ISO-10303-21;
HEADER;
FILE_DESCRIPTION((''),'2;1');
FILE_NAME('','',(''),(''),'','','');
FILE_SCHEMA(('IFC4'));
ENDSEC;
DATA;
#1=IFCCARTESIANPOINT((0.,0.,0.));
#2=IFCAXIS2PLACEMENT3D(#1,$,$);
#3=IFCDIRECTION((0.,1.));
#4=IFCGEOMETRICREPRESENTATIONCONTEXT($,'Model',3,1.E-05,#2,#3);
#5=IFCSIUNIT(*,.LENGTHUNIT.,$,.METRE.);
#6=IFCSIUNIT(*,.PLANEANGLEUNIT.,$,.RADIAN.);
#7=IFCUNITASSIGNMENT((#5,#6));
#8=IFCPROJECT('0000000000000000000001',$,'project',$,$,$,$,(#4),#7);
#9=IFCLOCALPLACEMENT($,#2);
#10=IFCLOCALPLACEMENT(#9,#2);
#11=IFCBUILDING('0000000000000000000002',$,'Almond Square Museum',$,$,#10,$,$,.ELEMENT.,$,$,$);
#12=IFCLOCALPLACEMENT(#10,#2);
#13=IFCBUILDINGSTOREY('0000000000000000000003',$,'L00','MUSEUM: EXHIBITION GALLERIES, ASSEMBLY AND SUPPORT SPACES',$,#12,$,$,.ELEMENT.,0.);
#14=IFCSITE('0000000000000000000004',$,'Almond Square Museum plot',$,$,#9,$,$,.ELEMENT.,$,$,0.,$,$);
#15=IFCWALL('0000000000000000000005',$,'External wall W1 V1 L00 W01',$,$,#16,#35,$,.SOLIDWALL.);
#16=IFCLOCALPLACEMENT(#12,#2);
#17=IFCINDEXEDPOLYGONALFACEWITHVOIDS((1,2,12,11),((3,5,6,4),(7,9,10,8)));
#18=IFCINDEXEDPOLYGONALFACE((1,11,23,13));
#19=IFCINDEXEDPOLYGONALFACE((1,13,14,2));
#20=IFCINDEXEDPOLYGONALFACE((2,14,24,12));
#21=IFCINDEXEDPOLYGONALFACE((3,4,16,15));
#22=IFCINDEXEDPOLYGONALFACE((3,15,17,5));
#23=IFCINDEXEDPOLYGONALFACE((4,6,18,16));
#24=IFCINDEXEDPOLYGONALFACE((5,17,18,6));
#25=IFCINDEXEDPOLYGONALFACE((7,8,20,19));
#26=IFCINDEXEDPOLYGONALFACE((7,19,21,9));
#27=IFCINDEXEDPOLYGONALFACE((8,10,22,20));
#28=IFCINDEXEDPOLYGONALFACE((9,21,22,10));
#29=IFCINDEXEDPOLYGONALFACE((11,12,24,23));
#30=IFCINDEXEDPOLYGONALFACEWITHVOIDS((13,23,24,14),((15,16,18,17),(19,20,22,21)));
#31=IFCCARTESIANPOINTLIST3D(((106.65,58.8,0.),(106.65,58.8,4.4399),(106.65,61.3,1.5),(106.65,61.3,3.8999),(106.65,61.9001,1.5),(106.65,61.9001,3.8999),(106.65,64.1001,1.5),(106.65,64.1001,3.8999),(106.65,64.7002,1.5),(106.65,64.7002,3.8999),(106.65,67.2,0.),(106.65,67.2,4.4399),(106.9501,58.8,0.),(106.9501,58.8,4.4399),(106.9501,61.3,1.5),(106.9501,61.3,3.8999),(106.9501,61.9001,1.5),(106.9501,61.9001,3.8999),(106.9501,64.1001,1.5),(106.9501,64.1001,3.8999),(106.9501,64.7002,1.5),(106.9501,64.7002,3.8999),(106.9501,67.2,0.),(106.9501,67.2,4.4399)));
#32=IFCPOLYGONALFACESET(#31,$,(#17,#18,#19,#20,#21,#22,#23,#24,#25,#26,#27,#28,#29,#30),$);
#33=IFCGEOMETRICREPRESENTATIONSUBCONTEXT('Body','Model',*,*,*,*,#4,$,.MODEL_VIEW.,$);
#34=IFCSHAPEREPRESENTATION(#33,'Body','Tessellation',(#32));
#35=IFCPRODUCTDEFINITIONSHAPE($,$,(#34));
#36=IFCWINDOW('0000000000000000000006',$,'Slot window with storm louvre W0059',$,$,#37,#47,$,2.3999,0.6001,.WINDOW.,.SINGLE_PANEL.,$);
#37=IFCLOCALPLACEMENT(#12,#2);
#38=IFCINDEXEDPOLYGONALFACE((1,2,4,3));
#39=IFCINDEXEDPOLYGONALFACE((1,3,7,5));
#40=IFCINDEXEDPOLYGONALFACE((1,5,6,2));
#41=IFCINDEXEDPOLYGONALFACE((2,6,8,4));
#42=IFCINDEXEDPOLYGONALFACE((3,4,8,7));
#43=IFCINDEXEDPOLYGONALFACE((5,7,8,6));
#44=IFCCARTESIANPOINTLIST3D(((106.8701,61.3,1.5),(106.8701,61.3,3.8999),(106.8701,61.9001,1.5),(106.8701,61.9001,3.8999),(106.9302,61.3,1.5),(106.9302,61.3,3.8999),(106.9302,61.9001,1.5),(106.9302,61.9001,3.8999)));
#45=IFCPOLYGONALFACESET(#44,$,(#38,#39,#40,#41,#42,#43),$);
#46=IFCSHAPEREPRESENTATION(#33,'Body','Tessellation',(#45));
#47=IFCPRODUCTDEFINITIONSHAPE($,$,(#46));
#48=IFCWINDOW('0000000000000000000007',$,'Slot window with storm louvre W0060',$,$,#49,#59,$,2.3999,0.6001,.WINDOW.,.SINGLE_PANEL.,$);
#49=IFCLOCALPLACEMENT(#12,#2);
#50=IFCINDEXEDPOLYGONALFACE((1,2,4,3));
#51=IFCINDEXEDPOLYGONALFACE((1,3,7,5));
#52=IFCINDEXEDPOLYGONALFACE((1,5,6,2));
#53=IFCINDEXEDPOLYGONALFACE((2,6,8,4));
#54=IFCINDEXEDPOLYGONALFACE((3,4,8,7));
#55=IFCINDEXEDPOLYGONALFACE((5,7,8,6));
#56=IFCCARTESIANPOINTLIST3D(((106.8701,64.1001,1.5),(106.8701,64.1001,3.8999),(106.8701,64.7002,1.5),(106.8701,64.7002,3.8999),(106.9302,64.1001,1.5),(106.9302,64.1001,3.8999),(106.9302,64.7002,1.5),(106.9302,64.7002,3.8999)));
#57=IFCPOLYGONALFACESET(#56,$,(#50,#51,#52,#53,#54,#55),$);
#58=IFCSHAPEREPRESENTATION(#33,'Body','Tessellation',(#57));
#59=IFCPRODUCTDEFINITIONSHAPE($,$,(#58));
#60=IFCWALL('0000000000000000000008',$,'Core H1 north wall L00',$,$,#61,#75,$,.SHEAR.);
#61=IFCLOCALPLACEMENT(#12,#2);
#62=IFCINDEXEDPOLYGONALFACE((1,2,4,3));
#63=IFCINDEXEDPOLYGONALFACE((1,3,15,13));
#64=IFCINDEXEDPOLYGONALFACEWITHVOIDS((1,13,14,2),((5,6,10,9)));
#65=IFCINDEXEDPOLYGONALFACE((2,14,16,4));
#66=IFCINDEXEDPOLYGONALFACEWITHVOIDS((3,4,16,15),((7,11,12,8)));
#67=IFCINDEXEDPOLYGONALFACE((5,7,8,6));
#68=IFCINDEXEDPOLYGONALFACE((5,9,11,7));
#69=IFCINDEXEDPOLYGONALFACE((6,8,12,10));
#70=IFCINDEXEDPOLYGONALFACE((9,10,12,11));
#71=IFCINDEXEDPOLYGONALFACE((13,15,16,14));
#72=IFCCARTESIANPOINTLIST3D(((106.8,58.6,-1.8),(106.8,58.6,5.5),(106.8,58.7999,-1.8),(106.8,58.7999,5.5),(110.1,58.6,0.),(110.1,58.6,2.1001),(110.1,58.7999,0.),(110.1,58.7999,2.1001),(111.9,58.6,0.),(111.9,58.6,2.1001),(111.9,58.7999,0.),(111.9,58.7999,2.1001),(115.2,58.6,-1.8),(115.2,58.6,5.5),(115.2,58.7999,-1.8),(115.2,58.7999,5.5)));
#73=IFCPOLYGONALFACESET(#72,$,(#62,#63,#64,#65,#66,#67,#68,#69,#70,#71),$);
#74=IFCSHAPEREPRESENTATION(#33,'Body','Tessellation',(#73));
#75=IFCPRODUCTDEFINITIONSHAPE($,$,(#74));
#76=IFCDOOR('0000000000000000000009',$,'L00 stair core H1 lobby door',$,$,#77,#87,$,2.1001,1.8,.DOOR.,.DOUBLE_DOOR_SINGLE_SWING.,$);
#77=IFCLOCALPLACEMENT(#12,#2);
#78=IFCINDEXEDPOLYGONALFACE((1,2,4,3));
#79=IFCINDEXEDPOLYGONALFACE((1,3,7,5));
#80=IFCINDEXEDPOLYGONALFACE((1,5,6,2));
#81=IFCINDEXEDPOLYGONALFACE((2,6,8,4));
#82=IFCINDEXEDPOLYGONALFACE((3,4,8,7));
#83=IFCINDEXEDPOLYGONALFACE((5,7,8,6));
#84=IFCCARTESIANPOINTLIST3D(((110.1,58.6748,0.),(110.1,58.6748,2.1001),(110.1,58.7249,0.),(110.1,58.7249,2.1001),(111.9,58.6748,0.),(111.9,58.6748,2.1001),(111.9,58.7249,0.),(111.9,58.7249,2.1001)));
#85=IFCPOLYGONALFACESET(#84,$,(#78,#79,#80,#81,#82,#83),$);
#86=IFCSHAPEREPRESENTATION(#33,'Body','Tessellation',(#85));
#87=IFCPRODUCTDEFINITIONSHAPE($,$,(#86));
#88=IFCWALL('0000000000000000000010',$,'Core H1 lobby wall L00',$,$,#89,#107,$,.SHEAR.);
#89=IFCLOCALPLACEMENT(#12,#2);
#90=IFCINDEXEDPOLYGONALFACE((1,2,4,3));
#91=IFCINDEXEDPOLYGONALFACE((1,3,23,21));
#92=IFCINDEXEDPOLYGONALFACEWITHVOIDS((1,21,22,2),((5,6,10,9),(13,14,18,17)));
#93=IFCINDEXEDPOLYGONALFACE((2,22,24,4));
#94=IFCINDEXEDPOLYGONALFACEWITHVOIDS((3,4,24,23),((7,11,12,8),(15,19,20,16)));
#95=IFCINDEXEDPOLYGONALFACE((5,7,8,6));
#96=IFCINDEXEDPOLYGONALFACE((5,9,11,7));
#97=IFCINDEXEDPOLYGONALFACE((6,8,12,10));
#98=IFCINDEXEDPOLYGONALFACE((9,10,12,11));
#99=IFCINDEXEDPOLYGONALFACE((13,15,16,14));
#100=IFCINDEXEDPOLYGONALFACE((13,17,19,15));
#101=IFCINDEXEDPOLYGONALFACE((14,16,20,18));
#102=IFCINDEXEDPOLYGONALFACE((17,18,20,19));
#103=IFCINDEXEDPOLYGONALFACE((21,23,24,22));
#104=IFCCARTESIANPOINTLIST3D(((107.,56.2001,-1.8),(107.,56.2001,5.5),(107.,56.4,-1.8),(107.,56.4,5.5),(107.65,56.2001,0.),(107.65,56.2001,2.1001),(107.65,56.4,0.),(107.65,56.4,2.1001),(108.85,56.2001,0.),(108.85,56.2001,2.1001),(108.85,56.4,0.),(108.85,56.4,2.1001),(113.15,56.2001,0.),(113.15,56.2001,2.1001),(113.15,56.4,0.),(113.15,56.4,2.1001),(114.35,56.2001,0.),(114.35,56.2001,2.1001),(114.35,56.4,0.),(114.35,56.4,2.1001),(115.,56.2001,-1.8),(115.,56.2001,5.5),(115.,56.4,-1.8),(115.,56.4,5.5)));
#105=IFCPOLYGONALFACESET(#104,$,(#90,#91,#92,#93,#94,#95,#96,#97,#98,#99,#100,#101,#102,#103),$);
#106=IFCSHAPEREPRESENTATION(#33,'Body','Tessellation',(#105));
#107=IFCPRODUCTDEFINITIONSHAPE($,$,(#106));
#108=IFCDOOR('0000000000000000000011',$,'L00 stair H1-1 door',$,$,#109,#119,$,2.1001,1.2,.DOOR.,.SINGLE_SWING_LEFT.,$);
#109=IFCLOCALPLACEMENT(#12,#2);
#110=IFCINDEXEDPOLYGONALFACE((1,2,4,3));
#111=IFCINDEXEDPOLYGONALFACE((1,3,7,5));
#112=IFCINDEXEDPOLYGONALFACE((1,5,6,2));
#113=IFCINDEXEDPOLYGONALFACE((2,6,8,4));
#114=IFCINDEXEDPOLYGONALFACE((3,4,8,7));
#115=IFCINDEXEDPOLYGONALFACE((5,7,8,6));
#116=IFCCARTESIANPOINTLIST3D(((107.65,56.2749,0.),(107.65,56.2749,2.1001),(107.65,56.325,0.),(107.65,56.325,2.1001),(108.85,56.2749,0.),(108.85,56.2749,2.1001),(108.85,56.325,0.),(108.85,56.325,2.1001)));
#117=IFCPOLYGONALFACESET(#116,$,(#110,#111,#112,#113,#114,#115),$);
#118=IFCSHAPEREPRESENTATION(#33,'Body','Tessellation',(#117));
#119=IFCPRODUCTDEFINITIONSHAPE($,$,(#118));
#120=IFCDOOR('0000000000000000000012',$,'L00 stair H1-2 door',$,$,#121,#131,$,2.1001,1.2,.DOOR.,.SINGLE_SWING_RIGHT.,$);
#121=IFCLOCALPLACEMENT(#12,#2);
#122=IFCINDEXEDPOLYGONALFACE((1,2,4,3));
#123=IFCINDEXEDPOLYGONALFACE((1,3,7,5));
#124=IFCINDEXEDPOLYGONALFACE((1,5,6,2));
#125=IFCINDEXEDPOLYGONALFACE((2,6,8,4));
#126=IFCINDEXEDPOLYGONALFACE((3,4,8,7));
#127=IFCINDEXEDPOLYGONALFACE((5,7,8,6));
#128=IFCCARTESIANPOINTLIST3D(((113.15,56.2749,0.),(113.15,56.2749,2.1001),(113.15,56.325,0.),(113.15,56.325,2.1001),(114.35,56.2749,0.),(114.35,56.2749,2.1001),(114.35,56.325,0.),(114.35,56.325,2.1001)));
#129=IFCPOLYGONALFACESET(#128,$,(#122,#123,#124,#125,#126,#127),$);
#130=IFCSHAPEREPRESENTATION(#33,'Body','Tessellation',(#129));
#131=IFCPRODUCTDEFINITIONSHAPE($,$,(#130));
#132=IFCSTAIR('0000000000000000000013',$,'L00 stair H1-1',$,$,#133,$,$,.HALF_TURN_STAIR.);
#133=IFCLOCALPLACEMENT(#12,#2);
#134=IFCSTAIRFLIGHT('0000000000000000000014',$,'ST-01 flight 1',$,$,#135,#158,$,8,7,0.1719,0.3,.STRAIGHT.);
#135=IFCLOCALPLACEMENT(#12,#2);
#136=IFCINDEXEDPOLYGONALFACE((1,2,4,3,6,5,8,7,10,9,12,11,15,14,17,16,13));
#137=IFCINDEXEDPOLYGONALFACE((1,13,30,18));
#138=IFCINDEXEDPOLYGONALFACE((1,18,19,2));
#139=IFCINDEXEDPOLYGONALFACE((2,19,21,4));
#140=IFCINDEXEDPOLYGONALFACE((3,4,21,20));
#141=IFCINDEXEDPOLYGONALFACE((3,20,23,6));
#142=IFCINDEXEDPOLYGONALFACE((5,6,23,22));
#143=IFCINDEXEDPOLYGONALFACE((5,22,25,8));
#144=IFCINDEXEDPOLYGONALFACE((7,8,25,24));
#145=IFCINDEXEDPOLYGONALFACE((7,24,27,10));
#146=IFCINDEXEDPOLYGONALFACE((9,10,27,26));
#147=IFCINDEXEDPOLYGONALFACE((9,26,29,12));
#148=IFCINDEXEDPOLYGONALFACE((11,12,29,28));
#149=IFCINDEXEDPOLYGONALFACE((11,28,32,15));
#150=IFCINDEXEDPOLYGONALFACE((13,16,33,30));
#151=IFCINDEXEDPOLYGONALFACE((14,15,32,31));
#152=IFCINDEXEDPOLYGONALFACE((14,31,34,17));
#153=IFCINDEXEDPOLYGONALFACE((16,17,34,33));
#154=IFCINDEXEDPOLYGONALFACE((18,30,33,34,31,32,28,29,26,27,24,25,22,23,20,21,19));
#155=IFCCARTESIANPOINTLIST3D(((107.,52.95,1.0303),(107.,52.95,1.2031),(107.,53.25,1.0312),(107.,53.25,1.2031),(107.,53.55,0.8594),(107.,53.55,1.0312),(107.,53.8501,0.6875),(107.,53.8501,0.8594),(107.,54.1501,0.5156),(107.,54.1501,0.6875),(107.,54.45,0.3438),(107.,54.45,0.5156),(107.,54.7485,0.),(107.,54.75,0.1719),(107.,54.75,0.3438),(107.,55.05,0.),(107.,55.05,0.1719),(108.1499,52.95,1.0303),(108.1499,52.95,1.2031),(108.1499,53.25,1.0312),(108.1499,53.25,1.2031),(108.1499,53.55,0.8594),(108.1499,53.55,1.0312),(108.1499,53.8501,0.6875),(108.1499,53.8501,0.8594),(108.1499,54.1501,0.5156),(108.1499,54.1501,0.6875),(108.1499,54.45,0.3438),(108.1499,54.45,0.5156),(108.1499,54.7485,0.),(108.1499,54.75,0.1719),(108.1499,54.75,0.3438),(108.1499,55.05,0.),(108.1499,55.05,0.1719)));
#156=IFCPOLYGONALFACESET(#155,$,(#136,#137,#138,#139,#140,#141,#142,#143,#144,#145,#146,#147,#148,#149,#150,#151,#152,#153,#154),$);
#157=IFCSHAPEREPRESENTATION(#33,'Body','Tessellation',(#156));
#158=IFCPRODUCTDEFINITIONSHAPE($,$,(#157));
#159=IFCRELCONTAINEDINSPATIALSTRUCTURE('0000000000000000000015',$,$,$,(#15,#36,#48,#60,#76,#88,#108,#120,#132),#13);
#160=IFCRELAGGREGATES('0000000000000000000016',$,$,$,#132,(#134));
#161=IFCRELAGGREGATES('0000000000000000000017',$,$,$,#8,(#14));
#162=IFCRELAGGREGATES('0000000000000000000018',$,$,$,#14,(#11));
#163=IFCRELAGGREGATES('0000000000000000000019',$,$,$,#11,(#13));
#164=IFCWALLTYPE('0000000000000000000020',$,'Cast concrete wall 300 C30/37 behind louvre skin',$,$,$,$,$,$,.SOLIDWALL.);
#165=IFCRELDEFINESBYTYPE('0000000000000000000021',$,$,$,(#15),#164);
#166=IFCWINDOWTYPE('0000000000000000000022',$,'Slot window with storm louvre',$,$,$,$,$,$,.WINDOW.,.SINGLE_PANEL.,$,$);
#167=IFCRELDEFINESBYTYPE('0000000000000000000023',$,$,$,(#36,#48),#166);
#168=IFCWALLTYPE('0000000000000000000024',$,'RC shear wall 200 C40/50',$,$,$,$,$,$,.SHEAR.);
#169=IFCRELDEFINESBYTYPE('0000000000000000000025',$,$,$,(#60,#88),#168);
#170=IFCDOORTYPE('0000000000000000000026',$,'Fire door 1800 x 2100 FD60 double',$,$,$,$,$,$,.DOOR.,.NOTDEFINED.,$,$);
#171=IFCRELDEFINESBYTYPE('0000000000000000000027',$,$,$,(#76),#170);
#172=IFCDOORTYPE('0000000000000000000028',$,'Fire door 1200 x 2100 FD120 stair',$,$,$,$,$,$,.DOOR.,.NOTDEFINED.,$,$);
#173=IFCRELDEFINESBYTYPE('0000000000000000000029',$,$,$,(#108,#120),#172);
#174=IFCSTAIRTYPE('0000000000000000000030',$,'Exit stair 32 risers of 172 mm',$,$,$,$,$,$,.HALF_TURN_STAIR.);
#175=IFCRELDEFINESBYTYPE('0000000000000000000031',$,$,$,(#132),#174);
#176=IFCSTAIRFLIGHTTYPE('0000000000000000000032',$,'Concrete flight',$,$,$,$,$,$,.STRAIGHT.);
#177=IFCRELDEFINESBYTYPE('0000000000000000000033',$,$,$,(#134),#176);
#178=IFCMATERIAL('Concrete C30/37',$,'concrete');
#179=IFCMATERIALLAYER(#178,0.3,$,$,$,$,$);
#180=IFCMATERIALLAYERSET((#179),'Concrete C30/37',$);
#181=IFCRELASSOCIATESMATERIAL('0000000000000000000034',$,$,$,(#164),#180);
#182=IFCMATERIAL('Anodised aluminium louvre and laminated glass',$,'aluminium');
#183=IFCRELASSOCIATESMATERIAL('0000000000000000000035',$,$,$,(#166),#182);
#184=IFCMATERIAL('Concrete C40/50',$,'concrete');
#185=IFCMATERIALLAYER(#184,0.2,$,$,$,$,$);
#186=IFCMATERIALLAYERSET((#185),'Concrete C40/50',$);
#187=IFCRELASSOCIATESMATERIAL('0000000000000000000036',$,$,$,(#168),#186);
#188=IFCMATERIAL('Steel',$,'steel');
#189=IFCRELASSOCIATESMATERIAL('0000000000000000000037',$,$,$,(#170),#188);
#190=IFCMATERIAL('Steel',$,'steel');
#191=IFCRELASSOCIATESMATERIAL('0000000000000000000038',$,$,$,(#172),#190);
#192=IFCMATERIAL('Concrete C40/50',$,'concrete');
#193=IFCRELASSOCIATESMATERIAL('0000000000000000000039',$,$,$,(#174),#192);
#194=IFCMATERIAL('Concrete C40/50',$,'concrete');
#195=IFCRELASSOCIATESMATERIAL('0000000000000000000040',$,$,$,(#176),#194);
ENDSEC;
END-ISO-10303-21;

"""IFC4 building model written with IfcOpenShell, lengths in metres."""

from ifc_helpers import new_model, si_unit, direction, frame, frame_2d, origin, place, context, subcontext, project, spatial, polyline, rectangle, outline, extrude, material, layer, layer_set, type_object, element, fill, aggregate, save


model = new_model("IFC4")

# Units and contexts
model_context = context("Model", 3, precision=1e-05, world=origin(), true_north=direction((0.0, 1.0)))
body_context = subcontext(model_context, "Body", "Model", "MODEL_VIEW")
ifc_project = project(units=[si_unit("LENGTHUNIT", "METRE"), si_unit("PLANEANGLEUNIT", "RADIAN")], contexts=[model_context])

# Site, building, storey
site_placement = place(None, origin())
site = spatial("IfcSite", under=ifc_project, at=site_placement, Name="Almond Square Museum plot", CompositionType="ELEMENT", RefElevation=0.0)
building_placement = place(site_placement, origin())
building = spatial("IfcBuilding", under=site, at=building_placement, Name="Almond Square Museum", CompositionType="ELEMENT")
storey_placement = place(building_placement, origin())
storey = spatial("IfcBuildingStorey", under=building, at=storey_placement, Name="L00", Description="MUSEUM: EXHIBITION GALLERIES, ASSEMBLY AND SUPPORT SPACES", CompositionType="ELEMENT", Elevation=0.0)

# Wall, openings, windows
ifc_material_1 = material(Name="Concrete C30/37", Category="concrete")
ifc_layer_1 = layer(ifc_material_1, 0.3)
ifc_layer_set_1 = layer_set([ifc_layer_1], Name="Concrete C30/37")
wall_type_1 = type_object("IfcWallType", Name="Cast concrete wall 300 C30/37 behind louvre skin", PredefinedType="SOLIDWALL", material=ifc_layer_set_1)
wall_1_placement = place(storey_placement, frame((106.8, 58.8, 0.0), z_axis=(0.0, 0.0, 1.0), x_axis=(0.0, 1.0, 0.0)))
wall_1 = element("IfcWall", 1, at=wall_1_placement, inside=storey, type_object=wall_type_1, Name="External wall W1 V1 L00 W01", PredefinedType="SOLIDWALL", context=body_context, shape_type="SweptSolid", body=[
    extrude(rectangle(XDim=8.3999, YDim=0.3, at=frame_2d((4.2, 0.0))), origin(), (0.0, 0.0, 1.0), 4.4399),
])
opening_1_placement = place(wall_1_placement, frame((2.5, 0.0, 1.5)))
opening_1 = element("IfcOpeningElement", 2, at=opening_1_placement, cuts=wall_1, PredefinedType="OPENING", context=body_context, shape_type="SweptSolid", body=[
    extrude(rectangle(XDim=0.6001, YDim=2.3999, at=frame_2d((0.3, 1.2))), frame((0.0, 0.1599, 0.0), z_axis=(0.0, -1.0, 0.0), x_axis=(1.0, 0.0, 0.0)), (0.0, 0.0, 1.0), 0.3201),
])
opening_2_placement = place(wall_1_placement, frame((5.3, 0.0, 1.5)))
opening_2 = element("IfcOpeningElement", 3, at=opening_2_placement, cuts=wall_1, PredefinedType="OPENING", context=body_context, shape_type="SweptSolid", body=[
    extrude(rectangle(XDim=0.6001, YDim=2.3999, at=frame_2d((0.3, 1.2))), frame((0.0, 0.1599, 0.0), z_axis=(0.0, -1.0, 0.0), x_axis=(1.0, 0.0, 0.0)), (0.0, 0.0, 1.0), 0.3201),
])
ifc_material_2 = material(Name="Anodised aluminium louvre and laminated glass", Category="aluminium")
window_type = type_object("IfcWindowType", Name="Slot window with storm louvre", PartitioningType="SINGLE_PANEL", PredefinedType="WINDOW", material=ifc_material_2)
window_1_placement = place(opening_1_placement, origin())
window_1 = element("IfcWindow", 4, at=window_1_placement, inside=storey, type_object=window_type, Name="Slot window with storm louvre W0059", OverallHeight=2.3999, OverallWidth=0.6001, PartitioningType="SINGLE_PANEL", PredefinedType="WINDOW", context=body_context, shape_type="SweptSolid", body=[
    extrude(rectangle(XDim=0.6001, YDim=2.3999, at=frame_2d((0.3, 1.2))), frame((0.0, -0.0701, 0.0), z_axis=(0.0, -1.0, 0.0), x_axis=(1.0, 0.0, 0.0)), (0.0, 0.0, 1.0), 0.0601),
])
fill(opening_1, window_1)
window_2_placement = place(opening_2_placement, origin())
window_2 = element("IfcWindow", 5, at=window_2_placement, inside=storey, type_object=window_type, Name="Slot window with storm louvre W0060", OverallHeight=2.3999, OverallWidth=0.6001, PartitioningType="SINGLE_PANEL", PredefinedType="WINDOW", context=body_context, shape_type="SweptSolid", body=[
    extrude(rectangle(XDim=0.6001, YDim=2.3999, at=frame_2d((0.3, 1.2))), frame((0.0, -0.0701, 0.0), z_axis=(0.0, -1.0, 0.0), x_axis=(1.0, 0.0, 0.0)), (0.0, 0.0, 1.0), 0.0601),
])
fill(opening_2, window_2)

# Wall, opening, door
ifc_material_3 = material(Name="Concrete C40/50", Category="concrete")
ifc_layer_2 = layer(ifc_material_3, 0.2)
ifc_layer_set_2 = layer_set([ifc_layer_2], Name="Concrete C40/50")
wall_type_2 = type_object("IfcWallType", Name="RC shear wall 200 C40/50", PredefinedType="SHEAR", material=ifc_layer_set_2)
wall_2_placement = place(storey_placement, frame((106.8, 58.7, -1.8), z_axis=(0.0, 0.0, 1.0), x_axis=(1.0, 0.0, 0.0)))
wall_2 = element("IfcWall", 6, at=wall_2_placement, inside=storey, type_object=wall_type_2, Name="Core H1 north wall L00", PredefinedType="SHEAR", context=body_context, shape_type="SweptSolid", body=[
    extrude(rectangle(XDim=8.3999, YDim=0.2, at=frame_2d((4.2, 0.0))), origin(), (0.0, 0.0, 1.0), 7.3),
])
opening_3_placement = place(wall_2_placement, frame((3.3, 0.0, 1.8)))
opening_3 = element("IfcOpeningElement", 7, at=opening_3_placement, cuts=wall_2, PredefinedType="OPENING", context=body_context, shape_type="SweptSolid", body=[
    extrude(rectangle(XDim=1.8, YDim=2.1001, at=frame_2d((0.8999, 1.05))), frame((0.0, 0.1099, 0.0), z_axis=(0.0, -1.0, 0.0), x_axis=(1.0, 0.0, 0.0)), (0.0, 0.0, 1.0), 0.22),
])
ifc_material_4 = material(Name="Steel", Category="steel")
door_type_1 = type_object("IfcDoorType", Name="Fire door 1800 x 2100 FD60 double", OperationType="NOTDEFINED", PredefinedType="DOOR", material=ifc_material_4)
door_1_placement = place(opening_3_placement, origin())
door_1 = element("IfcDoor", 8, at=door_1_placement, inside=storey, type_object=door_type_1, Name="L00 stair core H1 lobby door", OperationType="DOUBLE_DOOR_SINGLE_SWING", OverallHeight=2.1001, OverallWidth=1.8, PredefinedType="DOOR", context=body_context, shape_type="SweptSolid", body=[
    extrude(rectangle(XDim=1.8, YDim=2.1001, at=frame_2d((0.8999, 1.05))), frame((0.0, 0.0249, 0.0), z_axis=(0.0, -1.0, 0.0), x_axis=(1.0, 0.0, 0.0)), (0.0, 0.0, 1.0), 0.05),
])
fill(opening_3, door_1)

# Wall, openings, doors
wall_3_placement = place(storey_placement, frame((107.0, 56.3, -1.8), z_axis=(0.0, 0.0, 1.0), x_axis=(1.0, 0.0, 0.0)))
wall_3 = element("IfcWall", 9, at=wall_3_placement, inside=storey, type_object=wall_type_2, Name="Core H1 lobby wall L00", PredefinedType="SHEAR", context=body_context, shape_type="SweptSolid", body=[
    extrude(rectangle(XDim=8.0, YDim=0.2, at=frame_2d((4.0, 0.0))), origin(), (0.0, 0.0, 1.0), 7.3),
])
opening_4_placement = place(wall_3_placement, frame((0.6499, 0.0, 1.8)))
opening_4 = element("IfcOpeningElement", 10, at=opening_4_placement, cuts=wall_3, PredefinedType="OPENING", context=body_context, shape_type="SweptSolid", body=[
    extrude(rectangle(XDim=1.2, YDim=2.1001, at=frame_2d((0.6001, 1.05))), frame((0.0, 0.1099, 0.0), z_axis=(0.0, -1.0, 0.0), x_axis=(1.0, 0.0, 0.0)), (0.0, 0.0, 1.0), 0.22),
])
opening_5_placement = place(wall_3_placement, frame((6.1499, 0.0, 1.8)))
opening_5 = element("IfcOpeningElement", 11, at=opening_5_placement, cuts=wall_3, PredefinedType="OPENING", context=body_context, shape_type="SweptSolid", body=[
    extrude(rectangle(XDim=1.2, YDim=2.1001, at=frame_2d((0.6001, 1.05))), frame((0.0, 0.1099, 0.0), z_axis=(0.0, -1.0, 0.0), x_axis=(1.0, 0.0, 0.0)), (0.0, 0.0, 1.0), 0.22),
])
ifc_material_5 = material(Name="Steel", Category="steel")
door_type_2 = type_object("IfcDoorType", Name="Fire door 1200 x 2100 FD120 stair", OperationType="NOTDEFINED", PredefinedType="DOOR", material=ifc_material_5)
door_2_placement = place(opening_4_placement, origin())
door_2 = element("IfcDoor", 12, at=door_2_placement, inside=storey, type_object=door_type_2, Name="L00 stair H1-1 door", OperationType="SINGLE_SWING_LEFT", OverallHeight=2.1001, OverallWidth=1.2, PredefinedType="DOOR", context=body_context, shape_type="SweptSolid", body=[
    extrude(rectangle(XDim=1.2, YDim=2.1001, at=frame_2d((0.6001, 1.05))), frame((0.0, 0.0249, 0.0), z_axis=(0.0, -1.0, 0.0), x_axis=(1.0, 0.0, 0.0)), (0.0, 0.0, 1.0), 0.05),
])
fill(opening_4, door_2)
door_3_placement = place(opening_5_placement, origin())
door_3 = element("IfcDoor", 13, at=door_3_placement, inside=storey, type_object=door_type_2, Name="L00 stair H1-2 door", OperationType="SINGLE_SWING_RIGHT", OverallHeight=2.1001, OverallWidth=1.2, PredefinedType="DOOR", context=body_context, shape_type="SweptSolid", body=[
    extrude(rectangle(XDim=1.2, YDim=2.1001, at=frame_2d((0.6001, 1.05))), frame((0.0, 0.0249, 0.0), z_axis=(0.0, -1.0, 0.0), x_axis=(1.0, 0.0, 0.0)), (0.0, 0.0, 1.0), 0.05),
])
fill(opening_5, door_3)

# Stair, stair flight
ifc_material_6 = material(Name="Concrete C40/50", Category="concrete")
stair_type = type_object("IfcStairType", Name="Exit stair 32 risers of 172 mm", PredefinedType="HALF_TURN_STAIR", material=ifc_material_6)
stair_placement = place(storey_placement, origin())
stair = element("IfcStair", 14, at=stair_placement, inside=storey, type_object=stair_type, Name="L00 stair H1-1", PredefinedType="HALF_TURN_STAIR")
ifc_material_7 = material(Name="Concrete C40/50", Category="concrete")
stair_flight_type = type_object("IfcStairFlightType", Name="Concrete flight", PredefinedType="STRAIGHT", material=ifc_material_7)
stair_flight_1_placement = place(storey_placement, frame((107.575, 55.05, 0.0), z_axis=(0.0, 0.0, 1.0), x_axis=(0.0, -1.0, 0.0)))
stair_flight_1 = element("IfcStairFlight", 15, at=stair_flight_1_placement, type_object=stair_flight_type, Name="ST-01 flight 1", NumberOfRisers=8, NumberOfTreads=7, PredefinedType="STRAIGHT", RiserHeight=0.1719, TreadLength=0.3, context=body_context, shape_type="SweptSolid", body=[
    extrude(outline(polyline([(0.0, 0.0), (0.0, 0.1719), (0.3, 0.1719), (0.3, 0.3438), (0.6001, 0.3438), (0.6001, 0.5156), (0.8999, 0.5156), (0.8999, 0.6875), (1.2, 0.6875), (1.2, 0.8594), (1.5, 0.8594), (1.5, 1.0312), (1.8, 1.0312), (1.8, 1.2031), (2.1001, 1.2031), (2.1001, 1.375), (2.1001, 1.0303), (0.3015, 0.0), (0.0, 0.0)])), frame((0.0, 0.575, 0.0), z_axis=(0.0, -1.0, 0.0), x_axis=(1.0, 0.0, 0.0)), (0.0, 0.0, 1.0), 1.1499),
])
aggregate(stair, [stair_flight_1])

save(model, "model.ifc")
